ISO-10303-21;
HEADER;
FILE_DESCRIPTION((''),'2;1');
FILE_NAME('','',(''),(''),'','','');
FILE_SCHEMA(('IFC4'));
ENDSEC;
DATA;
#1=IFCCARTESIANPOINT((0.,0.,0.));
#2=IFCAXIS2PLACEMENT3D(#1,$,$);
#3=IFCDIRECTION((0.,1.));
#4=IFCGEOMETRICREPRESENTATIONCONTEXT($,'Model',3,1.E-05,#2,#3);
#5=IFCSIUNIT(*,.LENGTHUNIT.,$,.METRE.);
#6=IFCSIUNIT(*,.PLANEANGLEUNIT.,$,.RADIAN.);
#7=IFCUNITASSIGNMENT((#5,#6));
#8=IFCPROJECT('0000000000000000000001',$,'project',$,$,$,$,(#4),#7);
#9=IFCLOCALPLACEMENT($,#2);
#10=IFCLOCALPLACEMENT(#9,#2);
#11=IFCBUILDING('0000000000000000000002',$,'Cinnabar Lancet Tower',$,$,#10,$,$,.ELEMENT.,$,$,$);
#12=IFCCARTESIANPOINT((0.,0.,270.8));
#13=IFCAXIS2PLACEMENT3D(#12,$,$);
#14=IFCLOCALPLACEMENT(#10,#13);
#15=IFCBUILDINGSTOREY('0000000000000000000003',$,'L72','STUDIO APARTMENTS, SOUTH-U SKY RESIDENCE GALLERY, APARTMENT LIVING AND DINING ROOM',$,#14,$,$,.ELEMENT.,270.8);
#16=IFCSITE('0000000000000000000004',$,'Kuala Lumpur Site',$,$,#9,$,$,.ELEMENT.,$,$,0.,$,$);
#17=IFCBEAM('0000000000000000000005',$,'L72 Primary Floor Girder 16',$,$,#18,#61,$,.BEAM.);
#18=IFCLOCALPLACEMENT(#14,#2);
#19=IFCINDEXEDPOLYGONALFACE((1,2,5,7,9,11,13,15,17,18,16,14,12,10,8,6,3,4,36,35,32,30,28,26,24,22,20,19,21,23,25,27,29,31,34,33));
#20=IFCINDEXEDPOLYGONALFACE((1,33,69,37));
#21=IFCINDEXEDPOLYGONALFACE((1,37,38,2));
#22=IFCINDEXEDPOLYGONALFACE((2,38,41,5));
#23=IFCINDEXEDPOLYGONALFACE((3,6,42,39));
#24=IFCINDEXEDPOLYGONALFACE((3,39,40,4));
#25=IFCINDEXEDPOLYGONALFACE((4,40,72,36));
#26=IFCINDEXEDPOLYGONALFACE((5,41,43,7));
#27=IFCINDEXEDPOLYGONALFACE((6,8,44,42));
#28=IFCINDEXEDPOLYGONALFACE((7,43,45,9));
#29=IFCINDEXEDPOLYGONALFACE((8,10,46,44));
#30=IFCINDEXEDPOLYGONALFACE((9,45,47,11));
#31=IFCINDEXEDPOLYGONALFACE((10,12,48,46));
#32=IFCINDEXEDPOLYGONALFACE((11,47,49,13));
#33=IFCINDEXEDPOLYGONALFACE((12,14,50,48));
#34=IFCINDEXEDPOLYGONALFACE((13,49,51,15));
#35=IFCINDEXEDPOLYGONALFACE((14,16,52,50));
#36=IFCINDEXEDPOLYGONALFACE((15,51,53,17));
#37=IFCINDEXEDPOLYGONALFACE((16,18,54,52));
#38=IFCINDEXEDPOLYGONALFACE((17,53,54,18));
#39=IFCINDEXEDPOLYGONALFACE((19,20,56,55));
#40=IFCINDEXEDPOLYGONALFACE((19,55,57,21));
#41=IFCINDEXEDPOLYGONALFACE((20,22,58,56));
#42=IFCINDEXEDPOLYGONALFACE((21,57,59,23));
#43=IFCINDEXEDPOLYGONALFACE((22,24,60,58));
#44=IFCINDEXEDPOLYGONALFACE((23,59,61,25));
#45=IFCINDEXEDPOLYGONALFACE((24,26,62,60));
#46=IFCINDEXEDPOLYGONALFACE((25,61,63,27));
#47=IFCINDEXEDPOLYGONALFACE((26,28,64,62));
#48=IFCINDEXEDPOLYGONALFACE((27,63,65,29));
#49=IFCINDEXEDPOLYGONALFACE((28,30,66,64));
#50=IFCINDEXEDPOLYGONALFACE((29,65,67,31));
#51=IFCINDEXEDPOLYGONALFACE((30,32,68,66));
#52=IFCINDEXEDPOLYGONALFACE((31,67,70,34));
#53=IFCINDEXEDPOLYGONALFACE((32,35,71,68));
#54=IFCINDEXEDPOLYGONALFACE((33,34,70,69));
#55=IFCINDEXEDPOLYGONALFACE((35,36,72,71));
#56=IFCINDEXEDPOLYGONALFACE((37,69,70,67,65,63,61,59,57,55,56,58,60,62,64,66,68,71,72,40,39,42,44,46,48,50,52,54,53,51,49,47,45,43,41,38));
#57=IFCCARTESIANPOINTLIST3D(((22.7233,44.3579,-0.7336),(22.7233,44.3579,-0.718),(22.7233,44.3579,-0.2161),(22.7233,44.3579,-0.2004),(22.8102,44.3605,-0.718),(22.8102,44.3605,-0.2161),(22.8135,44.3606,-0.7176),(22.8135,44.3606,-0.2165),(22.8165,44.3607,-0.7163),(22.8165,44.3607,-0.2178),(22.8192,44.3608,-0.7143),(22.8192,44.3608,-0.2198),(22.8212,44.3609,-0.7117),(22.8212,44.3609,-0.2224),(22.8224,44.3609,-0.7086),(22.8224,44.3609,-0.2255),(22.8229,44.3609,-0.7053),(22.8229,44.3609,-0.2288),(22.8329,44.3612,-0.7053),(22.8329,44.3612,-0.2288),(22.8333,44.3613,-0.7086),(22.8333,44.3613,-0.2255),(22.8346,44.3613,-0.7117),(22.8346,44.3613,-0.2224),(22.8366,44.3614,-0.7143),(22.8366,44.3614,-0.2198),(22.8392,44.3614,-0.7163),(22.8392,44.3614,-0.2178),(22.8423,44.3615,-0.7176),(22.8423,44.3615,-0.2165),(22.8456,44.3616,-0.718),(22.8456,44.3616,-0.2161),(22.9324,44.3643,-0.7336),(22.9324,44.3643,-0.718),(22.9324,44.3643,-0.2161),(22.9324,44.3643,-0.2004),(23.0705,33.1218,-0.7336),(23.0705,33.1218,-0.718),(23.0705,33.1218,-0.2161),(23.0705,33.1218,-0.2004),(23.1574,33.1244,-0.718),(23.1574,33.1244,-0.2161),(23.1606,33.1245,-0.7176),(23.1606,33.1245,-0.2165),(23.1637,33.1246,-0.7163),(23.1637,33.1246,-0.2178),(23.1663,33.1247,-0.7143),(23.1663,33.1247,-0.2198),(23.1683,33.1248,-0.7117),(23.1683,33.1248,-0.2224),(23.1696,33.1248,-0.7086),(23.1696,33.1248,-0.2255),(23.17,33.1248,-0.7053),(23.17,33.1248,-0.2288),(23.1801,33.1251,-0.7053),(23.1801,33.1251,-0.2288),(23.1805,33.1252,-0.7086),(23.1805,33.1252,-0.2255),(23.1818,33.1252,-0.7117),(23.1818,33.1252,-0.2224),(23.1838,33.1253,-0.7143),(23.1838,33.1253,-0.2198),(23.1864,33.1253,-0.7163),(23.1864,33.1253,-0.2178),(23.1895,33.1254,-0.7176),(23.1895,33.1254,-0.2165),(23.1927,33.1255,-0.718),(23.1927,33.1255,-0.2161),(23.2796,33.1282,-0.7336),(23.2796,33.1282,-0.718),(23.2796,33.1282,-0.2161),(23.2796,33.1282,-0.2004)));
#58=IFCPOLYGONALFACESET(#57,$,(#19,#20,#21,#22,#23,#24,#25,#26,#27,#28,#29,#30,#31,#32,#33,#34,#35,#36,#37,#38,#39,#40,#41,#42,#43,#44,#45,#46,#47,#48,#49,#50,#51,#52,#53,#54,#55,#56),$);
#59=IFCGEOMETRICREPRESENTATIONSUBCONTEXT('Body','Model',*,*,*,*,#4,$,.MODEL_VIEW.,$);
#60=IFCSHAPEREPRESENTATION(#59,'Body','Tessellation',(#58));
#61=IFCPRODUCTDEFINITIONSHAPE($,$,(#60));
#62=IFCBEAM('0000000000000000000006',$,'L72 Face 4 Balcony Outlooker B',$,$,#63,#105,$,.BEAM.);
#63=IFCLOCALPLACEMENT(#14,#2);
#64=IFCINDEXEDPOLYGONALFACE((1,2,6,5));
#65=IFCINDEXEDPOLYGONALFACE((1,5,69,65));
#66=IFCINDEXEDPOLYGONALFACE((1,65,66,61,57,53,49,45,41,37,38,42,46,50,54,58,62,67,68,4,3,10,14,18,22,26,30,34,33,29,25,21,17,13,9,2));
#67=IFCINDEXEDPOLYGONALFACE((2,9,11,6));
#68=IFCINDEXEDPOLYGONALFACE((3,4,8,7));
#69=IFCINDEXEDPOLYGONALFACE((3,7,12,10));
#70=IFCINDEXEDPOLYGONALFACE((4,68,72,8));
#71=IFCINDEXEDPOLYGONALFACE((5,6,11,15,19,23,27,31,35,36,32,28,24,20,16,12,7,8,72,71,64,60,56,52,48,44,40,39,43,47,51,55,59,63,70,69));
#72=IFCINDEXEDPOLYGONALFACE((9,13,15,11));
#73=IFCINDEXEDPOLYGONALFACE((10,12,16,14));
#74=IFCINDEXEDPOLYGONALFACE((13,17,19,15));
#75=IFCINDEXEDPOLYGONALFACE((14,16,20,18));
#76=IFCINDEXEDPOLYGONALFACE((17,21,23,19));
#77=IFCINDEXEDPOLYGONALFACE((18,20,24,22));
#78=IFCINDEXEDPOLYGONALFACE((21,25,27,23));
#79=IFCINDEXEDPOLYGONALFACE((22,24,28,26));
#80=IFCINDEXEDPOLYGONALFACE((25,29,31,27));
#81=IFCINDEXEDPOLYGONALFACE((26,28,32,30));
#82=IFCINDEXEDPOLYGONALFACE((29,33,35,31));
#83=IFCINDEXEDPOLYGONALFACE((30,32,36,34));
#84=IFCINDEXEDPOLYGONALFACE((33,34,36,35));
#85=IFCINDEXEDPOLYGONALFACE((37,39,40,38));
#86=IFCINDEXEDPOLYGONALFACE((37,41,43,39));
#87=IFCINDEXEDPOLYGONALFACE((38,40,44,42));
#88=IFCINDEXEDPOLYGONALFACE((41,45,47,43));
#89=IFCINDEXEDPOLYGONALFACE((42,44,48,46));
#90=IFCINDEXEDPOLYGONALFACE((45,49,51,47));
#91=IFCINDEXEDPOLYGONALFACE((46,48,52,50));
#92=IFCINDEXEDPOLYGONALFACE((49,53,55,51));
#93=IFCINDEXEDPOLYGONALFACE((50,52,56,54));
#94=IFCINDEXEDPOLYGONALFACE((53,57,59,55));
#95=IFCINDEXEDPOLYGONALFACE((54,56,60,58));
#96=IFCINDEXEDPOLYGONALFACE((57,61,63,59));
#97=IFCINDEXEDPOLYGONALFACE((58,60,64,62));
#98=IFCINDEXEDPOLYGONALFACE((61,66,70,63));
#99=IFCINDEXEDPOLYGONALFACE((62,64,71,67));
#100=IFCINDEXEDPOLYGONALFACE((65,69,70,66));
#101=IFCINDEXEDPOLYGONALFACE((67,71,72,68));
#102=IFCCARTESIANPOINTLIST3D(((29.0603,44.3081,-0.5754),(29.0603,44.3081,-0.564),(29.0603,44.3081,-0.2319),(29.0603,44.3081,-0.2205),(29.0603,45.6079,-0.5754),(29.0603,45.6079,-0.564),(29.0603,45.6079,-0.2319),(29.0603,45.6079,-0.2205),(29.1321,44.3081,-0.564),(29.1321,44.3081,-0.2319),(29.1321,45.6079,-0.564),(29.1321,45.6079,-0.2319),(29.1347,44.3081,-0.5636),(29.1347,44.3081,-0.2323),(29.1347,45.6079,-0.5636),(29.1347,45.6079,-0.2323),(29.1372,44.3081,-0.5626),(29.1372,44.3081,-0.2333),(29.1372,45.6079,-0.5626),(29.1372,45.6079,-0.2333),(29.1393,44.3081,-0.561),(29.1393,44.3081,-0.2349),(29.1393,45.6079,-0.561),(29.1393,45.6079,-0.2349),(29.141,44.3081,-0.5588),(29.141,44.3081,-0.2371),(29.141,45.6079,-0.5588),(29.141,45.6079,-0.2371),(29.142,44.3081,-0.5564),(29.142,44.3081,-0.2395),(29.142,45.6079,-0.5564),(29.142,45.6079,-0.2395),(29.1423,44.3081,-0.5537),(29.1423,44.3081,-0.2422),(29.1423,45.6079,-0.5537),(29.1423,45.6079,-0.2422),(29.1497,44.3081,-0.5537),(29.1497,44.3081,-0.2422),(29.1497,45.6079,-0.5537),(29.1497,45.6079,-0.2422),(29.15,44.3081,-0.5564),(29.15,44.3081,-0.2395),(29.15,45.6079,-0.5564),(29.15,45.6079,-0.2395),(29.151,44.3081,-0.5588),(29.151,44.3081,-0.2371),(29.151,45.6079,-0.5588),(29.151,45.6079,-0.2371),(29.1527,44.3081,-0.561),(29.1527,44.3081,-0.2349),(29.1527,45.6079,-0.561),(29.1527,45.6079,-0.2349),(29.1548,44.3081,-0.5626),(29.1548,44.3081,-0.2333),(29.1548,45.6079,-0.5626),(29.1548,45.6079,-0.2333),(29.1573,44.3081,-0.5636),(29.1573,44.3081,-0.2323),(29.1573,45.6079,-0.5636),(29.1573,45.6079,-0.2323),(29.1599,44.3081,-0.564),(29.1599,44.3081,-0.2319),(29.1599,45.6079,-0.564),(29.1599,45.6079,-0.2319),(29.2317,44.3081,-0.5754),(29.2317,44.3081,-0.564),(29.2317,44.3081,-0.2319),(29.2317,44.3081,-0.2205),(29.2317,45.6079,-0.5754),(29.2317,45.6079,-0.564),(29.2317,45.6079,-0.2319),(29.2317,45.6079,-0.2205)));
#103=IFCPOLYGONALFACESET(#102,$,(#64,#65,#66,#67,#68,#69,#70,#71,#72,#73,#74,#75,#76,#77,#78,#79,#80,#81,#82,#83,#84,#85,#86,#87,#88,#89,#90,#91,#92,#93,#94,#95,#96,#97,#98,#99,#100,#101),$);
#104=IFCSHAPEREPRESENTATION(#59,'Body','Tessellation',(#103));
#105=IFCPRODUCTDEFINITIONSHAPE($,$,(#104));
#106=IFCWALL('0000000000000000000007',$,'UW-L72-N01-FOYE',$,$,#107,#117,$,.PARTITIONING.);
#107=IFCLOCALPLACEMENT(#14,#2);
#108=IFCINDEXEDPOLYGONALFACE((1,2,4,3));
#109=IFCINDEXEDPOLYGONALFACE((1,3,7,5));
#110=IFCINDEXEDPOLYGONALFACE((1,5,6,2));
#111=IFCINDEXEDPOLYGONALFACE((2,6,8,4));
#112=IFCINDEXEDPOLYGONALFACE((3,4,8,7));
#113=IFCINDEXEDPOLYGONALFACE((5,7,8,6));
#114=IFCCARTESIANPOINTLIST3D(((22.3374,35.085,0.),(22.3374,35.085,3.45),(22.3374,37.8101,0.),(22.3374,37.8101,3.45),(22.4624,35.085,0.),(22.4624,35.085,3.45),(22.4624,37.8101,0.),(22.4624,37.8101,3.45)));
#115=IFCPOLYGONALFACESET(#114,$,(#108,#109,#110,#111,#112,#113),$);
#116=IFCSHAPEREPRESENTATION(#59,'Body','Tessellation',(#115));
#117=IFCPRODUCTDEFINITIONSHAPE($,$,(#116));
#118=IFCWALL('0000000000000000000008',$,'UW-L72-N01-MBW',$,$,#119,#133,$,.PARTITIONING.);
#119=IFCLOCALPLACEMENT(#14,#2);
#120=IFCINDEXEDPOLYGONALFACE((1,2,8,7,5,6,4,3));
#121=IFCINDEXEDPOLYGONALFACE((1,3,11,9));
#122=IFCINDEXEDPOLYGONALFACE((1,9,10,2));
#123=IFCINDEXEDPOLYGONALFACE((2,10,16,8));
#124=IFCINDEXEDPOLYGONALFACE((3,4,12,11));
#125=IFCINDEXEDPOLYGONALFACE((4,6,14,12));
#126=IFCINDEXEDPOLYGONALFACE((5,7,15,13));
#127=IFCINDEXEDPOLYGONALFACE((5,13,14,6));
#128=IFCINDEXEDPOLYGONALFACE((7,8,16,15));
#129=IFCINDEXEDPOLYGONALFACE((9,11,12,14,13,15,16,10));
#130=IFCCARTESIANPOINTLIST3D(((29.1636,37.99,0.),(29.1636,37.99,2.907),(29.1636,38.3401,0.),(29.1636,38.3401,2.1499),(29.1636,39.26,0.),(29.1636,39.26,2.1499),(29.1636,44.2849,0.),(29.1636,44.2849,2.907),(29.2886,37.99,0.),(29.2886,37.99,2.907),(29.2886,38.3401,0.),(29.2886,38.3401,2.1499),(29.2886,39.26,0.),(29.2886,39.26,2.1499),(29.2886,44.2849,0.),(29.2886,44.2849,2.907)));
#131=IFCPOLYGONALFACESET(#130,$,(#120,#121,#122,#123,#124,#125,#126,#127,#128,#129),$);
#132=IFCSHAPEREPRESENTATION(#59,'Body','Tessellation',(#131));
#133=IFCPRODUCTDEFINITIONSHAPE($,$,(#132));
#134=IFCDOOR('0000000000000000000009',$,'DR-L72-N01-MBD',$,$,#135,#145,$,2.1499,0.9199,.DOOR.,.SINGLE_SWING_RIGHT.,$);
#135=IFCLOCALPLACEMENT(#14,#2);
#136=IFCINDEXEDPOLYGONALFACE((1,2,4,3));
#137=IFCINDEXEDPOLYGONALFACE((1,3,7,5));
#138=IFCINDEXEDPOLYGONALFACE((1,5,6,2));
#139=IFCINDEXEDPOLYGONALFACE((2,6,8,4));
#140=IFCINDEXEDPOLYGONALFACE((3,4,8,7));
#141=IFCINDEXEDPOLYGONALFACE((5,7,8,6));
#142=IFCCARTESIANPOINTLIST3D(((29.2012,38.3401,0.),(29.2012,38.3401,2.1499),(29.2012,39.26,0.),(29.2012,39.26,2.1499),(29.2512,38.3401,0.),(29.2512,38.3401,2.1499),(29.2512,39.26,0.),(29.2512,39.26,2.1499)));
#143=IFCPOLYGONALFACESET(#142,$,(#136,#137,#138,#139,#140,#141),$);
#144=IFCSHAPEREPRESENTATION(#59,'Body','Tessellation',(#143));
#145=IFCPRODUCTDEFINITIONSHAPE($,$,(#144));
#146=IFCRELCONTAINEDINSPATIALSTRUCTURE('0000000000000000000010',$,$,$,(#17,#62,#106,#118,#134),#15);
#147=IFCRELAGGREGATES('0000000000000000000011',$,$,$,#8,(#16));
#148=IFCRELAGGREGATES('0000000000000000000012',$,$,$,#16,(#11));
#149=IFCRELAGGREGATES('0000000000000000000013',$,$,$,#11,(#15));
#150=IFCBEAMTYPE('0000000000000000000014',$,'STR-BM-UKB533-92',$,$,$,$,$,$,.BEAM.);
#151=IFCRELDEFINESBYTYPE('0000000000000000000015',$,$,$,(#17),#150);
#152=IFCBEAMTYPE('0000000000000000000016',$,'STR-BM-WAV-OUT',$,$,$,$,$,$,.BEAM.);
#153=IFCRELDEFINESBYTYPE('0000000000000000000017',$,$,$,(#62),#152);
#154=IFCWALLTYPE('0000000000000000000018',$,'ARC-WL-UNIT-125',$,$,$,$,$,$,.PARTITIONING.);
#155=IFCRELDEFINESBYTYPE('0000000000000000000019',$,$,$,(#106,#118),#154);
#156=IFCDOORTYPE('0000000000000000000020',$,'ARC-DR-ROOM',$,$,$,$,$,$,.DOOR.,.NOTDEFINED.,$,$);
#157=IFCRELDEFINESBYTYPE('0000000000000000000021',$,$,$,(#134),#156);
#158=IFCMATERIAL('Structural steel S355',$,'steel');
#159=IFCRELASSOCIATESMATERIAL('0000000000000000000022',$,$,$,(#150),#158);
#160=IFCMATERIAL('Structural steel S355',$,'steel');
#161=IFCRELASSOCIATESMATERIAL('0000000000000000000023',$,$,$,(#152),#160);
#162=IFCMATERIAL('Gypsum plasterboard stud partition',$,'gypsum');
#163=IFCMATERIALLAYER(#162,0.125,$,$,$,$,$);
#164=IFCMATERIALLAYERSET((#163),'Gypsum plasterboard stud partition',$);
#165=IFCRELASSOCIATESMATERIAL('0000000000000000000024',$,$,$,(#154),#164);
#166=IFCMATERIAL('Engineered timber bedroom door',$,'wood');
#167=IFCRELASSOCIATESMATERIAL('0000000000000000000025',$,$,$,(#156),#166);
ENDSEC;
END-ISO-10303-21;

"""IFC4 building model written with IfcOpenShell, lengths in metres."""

from ifc_helpers import new_model, si_unit, direction, frame, frame_2d, origin, origin_2d, place, context, subcontext, project, spatial, rectangle, i_section, extrude, material, layer, layer_set, material_profile, profile_set, type_object, element, fill, save


model = new_model("IFC4")

# Units and contexts
model_context = context("Model", 3, precision=1e-05, world=origin(), true_north=direction((0.0, 1.0)))
body_context = subcontext(model_context, "Body", "Model", "MODEL_VIEW")
ifc_project = project(units=[si_unit("LENGTHUNIT", "METRE"), si_unit("PLANEANGLEUNIT", "RADIAN")], contexts=[model_context])

# Site, building, storey
site_placement = place(None, origin())
site = spatial("IfcSite", under=ifc_project, at=site_placement, Name="Kuala Lumpur Site", CompositionType="ELEMENT", RefElevation=0.0)
building_placement = place(site_placement, origin())
building = spatial("IfcBuilding", under=site, at=building_placement, Name="Cinnabar Lancet Tower", CompositionType="ELEMENT")
storey_placement = place(building_placement, frame((0.0, 0.0, 270.8)))
storey = spatial("IfcBuildingStorey", under=building, at=storey_placement, Name="L72", Description="STUDIO APARTMENTS, SOUTH-U SKY RESIDENCE GALLERY, APARTMENT LIVING AND DINING ROOM", CompositionType="ELEMENT", Elevation=270.8)

# Beams
ifc_material_1 = material(Name="Structural steel S355", Category="steel")
ifc_material_profile_1 = material_profile(ifc_material_1, i_section(OverallWidth=0.2092, OverallDepth=0.5332, WebThickness=0.01, FlangeThickness=0.0156, FilletRadius=0.0127, at=origin_2d()), Name="UKB 533x210x92")
ifc_profile_set_1 = profile_set([ifc_material_profile_1], Name="Structural steel S355")
beam_type_1 = type_object("IfcBeamType", Name="STR-BM-UKB533-92", PredefinedType="BEAM", material=ifc_profile_set_1)
beam_1_placement = place(storey_placement, frame((22.8279, 44.3611, -0.467), z_axis=(0.030883, -0.999523, 0.0), x_axis=(0.999523, 0.030883, 0.0)))
element("IfcBeam", 1, at=beam_1_placement, inside=storey, type_object=beam_type_1, Name="L72 Primary Floor Girder 16", PredefinedType="BEAM", context=body_context, shape_type="SweptSolid", body=[
    extrude(i_section(OverallWidth=0.2092, OverallDepth=0.5332, WebThickness=0.01, FlangeThickness=0.0156, FilletRadius=0.0127, at=origin_2d()), origin(), (0.0, 0.0, 1.0), 11.2415),
])
ifc_material_2 = material(Name="Structural steel S355", Category="steel")
ifc_material_profile_2 = material_profile(ifc_material_2, i_section(OverallWidth=0.1714, OverallDepth=0.355, WebThickness=0.0073, FlangeThickness=0.0115, FilletRadius=0.0103, at=origin_2d()), Name="UKB 356x171x51")
ifc_profile_set_2 = profile_set([ifc_material_profile_2], Name="Structural steel S355")
beam_type_2 = type_object("IfcBeamType", Name="STR-BM-WAV-OUT", PredefinedType="BEAM", material=ifc_profile_set_2)
beam_2_placement = place(storey_placement, frame((29.146, 44.3081, -0.3979), z_axis=(0.0, 1.0, 0.0), x_axis=(-1.0, 0.0, 0.0)))
element("IfcBeam", 2, at=beam_2_placement, inside=storey, type_object=beam_type_2, Name="L72 Face 4 Balcony Outlooker B", PredefinedType="BEAM", context=body_context, shape_type="SweptSolid", body=[
    extrude(i_section(OverallWidth=0.1714, OverallDepth=0.355, WebThickness=0.0073, FlangeThickness=0.0115, FilletRadius=0.0103, at=origin_2d()), origin(), (0.0, 0.0, 1.0), 1.2998),
])

# Wall
ifc_material_3 = material(Name="Gypsum plasterboard stud partition", Category="gypsum")
ifc_layer_1 = layer(ifc_material_3, 0.125)
ifc_layer_set_1 = layer_set([ifc_layer_1], Name="Gypsum plasterboard stud partition")
wall_type_1 = type_object("IfcWallType", Name="ARC-WL-UNIT-125", PredefinedType="PARTITIONING", material=ifc_layer_set_1)
wall_1_placement = place(storey_placement, frame((22.3999, 35.085, 0.0), z_axis=(0.0, 0.0, 1.0), x_axis=(0.0, 1.0, 0.0)))
element("IfcWall", 3, at=wall_1_placement, inside=storey, type_object=wall_type_1, Name="UW-L72-N01-FOYE", PredefinedType="PARTITIONING", context=body_context, shape_type="SweptSolid", body=[
    extrude(rectangle(XDim=2.7251, YDim=0.125, at=frame_2d((1.3625, 0.0))), origin(), (0.0, 0.0, 1.0), 3.45),
])

# Wall, opening, door
wall_2_placement = place(storey_placement, frame((29.2261, 37.99, 0.0), z_axis=(0.0, 0.0, 1.0), x_axis=(0.0, 1.0, 0.0)))
wall_2 = element("IfcWall", 4, at=wall_2_placement, inside=storey, type_object=wall_type_1, Name="UW-L72-N01-MBW", PredefinedType="PARTITIONING", context=body_context, shape_type="SweptSolid", body=[
    extrude(rectangle(XDim=6.2949, YDim=0.125, at=frame_2d((3.1475, 0.0))), origin(), (0.0, 0.0, 1.0), 2.907),
])
opening_1_placement = place(wall_2_placement, frame((0.3501, 0.0, 0.0)))
opening_1 = element("IfcOpeningElement", 5, at=opening_1_placement, cuts=wall_2, PredefinedType="OPENING", context=body_context, shape_type="SweptSolid", body=[
    extrude(rectangle(XDim=0.9199, YDim=2.1499, at=frame_2d((0.46, 1.075))), frame((0.0, 0.0725, 0.0), z_axis=(0.0, -1.0, 0.0), x_axis=(1.0, 0.0, 0.0)), (0.0, 0.0, 1.0), 0.145),
])
ifc_material_4 = material(Name="Engineered timber bedroom door", Category="wood")
door_type_1 = type_object("IfcDoorType", Name="ARC-DR-ROOM", OperationType="NOTDEFINED", PredefinedType="DOOR", material=ifc_material_4)
door_1_placement = place(opening_1_placement, origin())
door_1 = element("IfcDoor", 6, at=door_1_placement, inside=storey, type_object=door_type_1, Name="DR-L72-N01-MBD", OperationType="SINGLE_SWING_RIGHT", OverallHeight=2.1499, OverallWidth=0.9199, PredefinedType="DOOR", context=body_context, shape_type="SweptSolid", body=[
    extrude(rectangle(XDim=0.9199, YDim=2.1499, at=frame_2d((0.46, 1.075))), frame((0.0, 0.0249, 0.0), z_axis=(0.0, -1.0, 0.0), x_axis=(1.0, 0.0, 0.0)), (0.0, 0.0, 1.0), 0.05),
])
fill(opening_1, door_1)

save(model, "model.ifc")
